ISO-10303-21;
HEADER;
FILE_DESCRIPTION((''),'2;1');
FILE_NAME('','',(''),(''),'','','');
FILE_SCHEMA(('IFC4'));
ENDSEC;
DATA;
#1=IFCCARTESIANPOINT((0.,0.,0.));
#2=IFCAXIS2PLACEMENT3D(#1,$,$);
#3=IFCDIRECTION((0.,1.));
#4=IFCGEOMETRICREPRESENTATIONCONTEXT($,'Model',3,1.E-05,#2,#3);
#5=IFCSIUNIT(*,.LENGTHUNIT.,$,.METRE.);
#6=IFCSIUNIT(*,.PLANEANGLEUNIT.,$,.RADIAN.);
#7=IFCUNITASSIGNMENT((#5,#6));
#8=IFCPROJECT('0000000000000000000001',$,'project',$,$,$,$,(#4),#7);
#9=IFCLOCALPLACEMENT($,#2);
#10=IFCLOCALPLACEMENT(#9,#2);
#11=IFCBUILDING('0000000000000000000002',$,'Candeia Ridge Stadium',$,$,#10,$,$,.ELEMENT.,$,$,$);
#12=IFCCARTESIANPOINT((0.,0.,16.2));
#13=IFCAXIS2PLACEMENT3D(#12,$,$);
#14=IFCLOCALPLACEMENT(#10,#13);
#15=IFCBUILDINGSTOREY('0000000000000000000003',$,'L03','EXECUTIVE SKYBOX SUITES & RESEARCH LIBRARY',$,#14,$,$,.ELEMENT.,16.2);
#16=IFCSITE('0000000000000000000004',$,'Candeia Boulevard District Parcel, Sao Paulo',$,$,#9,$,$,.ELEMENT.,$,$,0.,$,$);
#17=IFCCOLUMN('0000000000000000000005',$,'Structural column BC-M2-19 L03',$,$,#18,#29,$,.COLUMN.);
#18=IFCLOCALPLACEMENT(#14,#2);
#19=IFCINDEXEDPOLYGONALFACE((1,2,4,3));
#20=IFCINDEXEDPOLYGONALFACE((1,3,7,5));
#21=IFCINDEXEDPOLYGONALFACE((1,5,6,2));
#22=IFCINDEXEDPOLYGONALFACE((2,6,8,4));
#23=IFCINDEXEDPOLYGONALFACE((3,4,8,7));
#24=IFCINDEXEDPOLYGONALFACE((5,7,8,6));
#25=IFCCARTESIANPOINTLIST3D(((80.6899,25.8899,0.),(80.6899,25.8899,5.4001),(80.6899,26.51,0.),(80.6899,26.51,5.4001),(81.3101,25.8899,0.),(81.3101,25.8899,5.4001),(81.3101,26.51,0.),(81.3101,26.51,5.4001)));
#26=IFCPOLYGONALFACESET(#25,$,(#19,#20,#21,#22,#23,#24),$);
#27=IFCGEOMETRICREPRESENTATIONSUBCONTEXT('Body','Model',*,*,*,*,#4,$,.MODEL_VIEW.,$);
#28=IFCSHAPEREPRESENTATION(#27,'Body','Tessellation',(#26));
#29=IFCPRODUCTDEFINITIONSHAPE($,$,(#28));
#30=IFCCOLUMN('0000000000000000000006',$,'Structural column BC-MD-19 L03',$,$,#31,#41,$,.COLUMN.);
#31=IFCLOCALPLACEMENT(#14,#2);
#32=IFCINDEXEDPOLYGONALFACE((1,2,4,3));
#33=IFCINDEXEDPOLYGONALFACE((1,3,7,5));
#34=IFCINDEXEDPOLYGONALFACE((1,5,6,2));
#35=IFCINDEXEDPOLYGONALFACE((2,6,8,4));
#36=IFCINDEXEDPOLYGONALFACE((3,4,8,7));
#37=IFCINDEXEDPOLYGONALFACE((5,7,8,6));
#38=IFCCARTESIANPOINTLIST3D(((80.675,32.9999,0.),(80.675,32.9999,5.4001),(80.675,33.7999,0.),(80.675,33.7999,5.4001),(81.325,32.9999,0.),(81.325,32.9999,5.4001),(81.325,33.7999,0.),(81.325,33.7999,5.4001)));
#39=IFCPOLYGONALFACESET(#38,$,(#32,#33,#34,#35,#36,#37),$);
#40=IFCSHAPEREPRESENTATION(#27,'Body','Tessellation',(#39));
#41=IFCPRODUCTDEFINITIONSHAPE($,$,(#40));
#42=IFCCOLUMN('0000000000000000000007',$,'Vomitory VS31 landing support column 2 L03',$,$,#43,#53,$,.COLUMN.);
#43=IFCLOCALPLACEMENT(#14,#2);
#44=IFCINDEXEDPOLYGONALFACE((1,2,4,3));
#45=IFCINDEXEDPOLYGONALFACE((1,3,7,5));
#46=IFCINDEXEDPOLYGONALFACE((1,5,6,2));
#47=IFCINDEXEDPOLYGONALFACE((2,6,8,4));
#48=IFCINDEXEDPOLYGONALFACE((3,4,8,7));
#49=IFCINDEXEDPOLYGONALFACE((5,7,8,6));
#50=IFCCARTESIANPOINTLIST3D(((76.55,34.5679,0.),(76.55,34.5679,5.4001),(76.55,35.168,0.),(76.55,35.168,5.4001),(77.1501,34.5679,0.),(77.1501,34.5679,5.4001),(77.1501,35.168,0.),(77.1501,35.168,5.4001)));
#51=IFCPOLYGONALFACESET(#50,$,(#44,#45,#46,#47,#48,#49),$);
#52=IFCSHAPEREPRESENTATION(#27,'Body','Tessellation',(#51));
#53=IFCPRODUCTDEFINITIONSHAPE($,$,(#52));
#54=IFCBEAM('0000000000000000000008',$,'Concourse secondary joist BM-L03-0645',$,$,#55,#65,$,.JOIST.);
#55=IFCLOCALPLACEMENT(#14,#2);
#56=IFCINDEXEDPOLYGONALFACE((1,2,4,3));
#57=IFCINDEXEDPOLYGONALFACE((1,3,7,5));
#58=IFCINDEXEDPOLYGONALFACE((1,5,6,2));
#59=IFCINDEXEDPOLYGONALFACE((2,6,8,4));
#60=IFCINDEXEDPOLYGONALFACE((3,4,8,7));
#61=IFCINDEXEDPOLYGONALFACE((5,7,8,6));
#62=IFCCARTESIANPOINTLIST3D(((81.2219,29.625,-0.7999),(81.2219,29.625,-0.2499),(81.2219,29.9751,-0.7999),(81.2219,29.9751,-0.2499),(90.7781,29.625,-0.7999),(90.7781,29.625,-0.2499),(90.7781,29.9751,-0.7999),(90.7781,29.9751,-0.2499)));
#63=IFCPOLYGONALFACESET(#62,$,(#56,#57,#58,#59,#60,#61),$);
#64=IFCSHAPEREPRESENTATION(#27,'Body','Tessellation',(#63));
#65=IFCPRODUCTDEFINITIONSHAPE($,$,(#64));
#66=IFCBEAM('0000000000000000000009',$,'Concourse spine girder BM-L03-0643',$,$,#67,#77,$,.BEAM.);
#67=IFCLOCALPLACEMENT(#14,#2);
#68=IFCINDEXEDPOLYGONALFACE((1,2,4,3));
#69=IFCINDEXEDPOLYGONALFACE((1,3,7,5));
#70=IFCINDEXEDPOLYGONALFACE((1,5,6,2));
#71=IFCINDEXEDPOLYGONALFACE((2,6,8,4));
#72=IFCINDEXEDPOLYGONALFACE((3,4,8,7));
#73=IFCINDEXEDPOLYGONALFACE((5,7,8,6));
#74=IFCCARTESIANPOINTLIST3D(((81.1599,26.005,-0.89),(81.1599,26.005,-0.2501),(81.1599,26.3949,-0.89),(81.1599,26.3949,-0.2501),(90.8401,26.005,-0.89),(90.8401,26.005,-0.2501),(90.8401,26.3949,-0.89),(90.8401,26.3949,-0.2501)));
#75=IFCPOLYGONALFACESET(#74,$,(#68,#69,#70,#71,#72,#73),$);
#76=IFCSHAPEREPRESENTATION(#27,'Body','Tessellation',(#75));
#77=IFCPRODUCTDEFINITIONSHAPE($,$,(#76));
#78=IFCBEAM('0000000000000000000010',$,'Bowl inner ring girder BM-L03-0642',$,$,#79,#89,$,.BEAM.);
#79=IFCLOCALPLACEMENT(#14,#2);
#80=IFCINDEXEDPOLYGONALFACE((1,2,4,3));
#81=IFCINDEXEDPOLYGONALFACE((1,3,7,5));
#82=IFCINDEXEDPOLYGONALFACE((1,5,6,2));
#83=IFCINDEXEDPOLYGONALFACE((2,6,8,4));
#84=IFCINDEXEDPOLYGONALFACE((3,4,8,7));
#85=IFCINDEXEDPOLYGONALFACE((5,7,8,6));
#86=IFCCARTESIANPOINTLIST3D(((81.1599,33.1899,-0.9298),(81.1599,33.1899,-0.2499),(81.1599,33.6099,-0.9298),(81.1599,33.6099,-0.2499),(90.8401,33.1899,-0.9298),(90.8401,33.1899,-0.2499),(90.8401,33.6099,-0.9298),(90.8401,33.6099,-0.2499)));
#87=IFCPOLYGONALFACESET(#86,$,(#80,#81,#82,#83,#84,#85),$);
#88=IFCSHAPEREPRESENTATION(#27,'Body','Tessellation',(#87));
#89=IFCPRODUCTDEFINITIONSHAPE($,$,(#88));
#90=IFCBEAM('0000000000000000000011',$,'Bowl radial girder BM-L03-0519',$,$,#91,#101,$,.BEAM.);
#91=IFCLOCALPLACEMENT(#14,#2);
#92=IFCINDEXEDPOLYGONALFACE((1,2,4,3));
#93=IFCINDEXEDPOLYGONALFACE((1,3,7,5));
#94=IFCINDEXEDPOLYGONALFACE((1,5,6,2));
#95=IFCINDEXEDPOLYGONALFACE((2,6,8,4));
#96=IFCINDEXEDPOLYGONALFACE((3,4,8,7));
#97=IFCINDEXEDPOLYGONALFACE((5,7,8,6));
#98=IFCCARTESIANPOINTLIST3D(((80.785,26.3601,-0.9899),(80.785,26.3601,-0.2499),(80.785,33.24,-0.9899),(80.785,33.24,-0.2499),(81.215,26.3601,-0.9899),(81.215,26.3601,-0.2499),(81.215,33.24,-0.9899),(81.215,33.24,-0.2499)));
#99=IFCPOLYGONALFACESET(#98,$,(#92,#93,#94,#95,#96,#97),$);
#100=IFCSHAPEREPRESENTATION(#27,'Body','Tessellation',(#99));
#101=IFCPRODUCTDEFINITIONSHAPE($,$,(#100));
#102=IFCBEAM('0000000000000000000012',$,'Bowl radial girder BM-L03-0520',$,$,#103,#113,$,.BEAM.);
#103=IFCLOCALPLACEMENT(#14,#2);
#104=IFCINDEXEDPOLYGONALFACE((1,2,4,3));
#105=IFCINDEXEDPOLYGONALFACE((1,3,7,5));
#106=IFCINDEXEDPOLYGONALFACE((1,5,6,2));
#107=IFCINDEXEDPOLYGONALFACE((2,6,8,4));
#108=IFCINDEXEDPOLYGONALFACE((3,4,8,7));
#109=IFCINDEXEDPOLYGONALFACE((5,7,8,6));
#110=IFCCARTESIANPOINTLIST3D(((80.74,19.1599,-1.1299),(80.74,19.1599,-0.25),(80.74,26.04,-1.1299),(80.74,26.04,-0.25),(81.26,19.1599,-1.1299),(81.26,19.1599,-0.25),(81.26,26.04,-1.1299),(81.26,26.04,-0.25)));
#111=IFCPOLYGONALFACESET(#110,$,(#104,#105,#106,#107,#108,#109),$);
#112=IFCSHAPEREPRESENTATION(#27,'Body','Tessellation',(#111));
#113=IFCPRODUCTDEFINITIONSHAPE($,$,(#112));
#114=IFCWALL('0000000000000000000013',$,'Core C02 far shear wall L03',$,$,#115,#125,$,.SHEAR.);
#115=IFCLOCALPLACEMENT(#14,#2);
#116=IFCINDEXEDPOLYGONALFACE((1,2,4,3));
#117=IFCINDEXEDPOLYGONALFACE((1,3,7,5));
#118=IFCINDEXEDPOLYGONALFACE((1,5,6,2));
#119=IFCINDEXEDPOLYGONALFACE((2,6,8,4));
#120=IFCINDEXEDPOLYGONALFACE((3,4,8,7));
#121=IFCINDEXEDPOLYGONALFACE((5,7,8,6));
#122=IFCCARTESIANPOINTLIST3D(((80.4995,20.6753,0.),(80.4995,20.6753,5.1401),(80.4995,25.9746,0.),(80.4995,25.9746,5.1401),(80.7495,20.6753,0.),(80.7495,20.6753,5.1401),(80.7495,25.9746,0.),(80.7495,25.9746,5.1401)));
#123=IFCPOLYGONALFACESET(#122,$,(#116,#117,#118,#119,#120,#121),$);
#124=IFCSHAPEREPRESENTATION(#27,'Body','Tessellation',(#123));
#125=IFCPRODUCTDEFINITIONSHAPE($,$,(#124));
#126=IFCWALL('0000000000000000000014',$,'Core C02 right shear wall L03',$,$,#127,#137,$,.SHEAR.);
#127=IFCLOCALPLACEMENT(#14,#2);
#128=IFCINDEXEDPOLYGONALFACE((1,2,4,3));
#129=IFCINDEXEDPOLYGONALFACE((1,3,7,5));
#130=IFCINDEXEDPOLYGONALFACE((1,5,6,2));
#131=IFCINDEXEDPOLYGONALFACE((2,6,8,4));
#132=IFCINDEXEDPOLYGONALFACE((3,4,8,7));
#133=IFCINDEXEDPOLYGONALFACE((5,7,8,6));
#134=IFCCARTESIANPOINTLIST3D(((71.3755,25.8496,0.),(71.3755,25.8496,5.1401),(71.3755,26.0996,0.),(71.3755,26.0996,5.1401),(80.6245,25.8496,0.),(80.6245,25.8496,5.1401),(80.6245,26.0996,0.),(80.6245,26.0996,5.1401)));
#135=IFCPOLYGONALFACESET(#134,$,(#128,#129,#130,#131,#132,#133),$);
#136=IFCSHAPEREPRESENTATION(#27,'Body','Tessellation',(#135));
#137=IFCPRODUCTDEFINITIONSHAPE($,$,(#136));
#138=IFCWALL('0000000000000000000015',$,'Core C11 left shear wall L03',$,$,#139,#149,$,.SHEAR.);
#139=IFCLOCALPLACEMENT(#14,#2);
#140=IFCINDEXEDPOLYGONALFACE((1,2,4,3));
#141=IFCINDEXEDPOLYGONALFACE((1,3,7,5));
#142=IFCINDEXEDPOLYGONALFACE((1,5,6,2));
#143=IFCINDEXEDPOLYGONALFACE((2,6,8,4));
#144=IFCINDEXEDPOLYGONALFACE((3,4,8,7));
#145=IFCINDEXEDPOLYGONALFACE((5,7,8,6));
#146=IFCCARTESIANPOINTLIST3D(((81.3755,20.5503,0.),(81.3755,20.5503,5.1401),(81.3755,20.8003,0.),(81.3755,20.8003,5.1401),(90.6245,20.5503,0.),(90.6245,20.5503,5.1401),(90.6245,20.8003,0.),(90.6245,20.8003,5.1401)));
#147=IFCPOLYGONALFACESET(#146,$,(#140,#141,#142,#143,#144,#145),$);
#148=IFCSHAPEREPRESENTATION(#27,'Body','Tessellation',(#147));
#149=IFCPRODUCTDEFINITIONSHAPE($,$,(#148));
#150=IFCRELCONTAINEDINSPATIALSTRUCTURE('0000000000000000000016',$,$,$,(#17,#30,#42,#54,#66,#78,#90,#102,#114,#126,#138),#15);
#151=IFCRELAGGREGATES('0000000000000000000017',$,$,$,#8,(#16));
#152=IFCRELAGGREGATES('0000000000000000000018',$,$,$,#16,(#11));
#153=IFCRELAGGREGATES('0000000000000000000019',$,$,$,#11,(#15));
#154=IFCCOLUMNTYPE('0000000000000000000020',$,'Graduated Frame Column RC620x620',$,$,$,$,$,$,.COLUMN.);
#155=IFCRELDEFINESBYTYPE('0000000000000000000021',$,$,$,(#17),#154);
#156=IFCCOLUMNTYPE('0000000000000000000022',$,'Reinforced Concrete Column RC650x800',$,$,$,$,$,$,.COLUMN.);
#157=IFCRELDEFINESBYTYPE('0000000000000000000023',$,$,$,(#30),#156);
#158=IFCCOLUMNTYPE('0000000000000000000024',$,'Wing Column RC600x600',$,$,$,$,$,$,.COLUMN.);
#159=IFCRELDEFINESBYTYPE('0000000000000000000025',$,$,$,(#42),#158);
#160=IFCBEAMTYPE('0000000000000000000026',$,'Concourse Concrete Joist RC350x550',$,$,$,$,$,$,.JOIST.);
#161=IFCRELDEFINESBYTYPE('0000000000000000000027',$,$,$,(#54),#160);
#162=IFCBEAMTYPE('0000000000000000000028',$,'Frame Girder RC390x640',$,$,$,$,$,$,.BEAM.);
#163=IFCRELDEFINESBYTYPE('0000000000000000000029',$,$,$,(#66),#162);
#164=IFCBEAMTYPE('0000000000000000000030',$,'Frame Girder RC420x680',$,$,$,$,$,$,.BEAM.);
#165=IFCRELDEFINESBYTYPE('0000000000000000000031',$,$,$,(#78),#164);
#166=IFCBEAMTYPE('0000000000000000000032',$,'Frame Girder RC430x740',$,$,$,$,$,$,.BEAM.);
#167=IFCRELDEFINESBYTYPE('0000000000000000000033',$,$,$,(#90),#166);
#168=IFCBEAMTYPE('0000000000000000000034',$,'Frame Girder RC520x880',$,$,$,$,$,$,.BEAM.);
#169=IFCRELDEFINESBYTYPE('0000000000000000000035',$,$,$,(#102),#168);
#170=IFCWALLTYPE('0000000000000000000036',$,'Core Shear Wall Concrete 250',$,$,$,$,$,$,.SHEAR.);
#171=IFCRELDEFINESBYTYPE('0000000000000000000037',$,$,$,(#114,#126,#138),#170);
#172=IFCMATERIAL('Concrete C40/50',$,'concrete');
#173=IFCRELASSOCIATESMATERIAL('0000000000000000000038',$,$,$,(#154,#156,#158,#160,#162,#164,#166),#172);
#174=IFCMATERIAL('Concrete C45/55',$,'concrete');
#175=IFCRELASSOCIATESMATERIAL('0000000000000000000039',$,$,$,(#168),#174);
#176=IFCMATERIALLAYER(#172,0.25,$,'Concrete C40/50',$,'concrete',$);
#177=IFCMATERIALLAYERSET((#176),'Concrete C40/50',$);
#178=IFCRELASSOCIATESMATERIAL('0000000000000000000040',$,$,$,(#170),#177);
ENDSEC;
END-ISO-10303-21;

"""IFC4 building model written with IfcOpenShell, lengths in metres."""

from ifc_helpers import new_model, si_unit, direction, frame, frame_2d, origin, origin_2d, place, context, subcontext, project, spatial, rectangle, extrude, material, layer, layer_set, material_profile, profile_set, type_object, element, save


model = new_model("IFC4")

# Units and contexts
model_context = context("Model", 3, precision=1e-05, world=origin(), true_north=direction((0.0, 1.0)))
body_context = subcontext(model_context, "Body", "Model", "MODEL_VIEW")
ifc_project = project(units=[si_unit("LENGTHUNIT", "METRE"), si_unit("PLANEANGLEUNIT", "RADIAN")], contexts=[model_context])

# Site, building, storey
site_placement = place(None, origin())
site = spatial("IfcSite", under=ifc_project, at=site_placement, Name="Candeia Boulevard District Parcel, Sao Paulo", CompositionType="ELEMENT", RefElevation=0.0)
building_placement = place(site_placement, origin())
building = spatial("IfcBuilding", under=site, at=building_placement, Name="Candeia Ridge Stadium", CompositionType="ELEMENT")
storey_placement = place(building_placement, frame((0.0, 0.0, 16.2)))
storey = spatial("IfcBuildingStorey", under=building, at=storey_placement, Name="L03", Description="EXECUTIVE SKYBOX SUITES & RESEARCH LIBRARY", CompositionType="ELEMENT", Elevation=16.2)

# Columns
ifc_material_1 = material(Name="Concrete C40/50", Category="concrete")
ifc_material_profile_1 = material_profile(ifc_material_1, rectangle(XDim=0.6201, YDim=0.6201, at=origin_2d()), Name="RC620x620", Category="concrete")
ifc_profile_set_1 = profile_set([ifc_material_profile_1], Name="Concrete C40/50")
column_type_1 = type_object("IfcColumnType", Name="Graduated Frame Column RC620x620", PredefinedType="COLUMN", material=ifc_profile_set_1)
column_1_placement = place(storey_placement, frame((81.0, 26.2, 0.0), z_axis=(0.0, 0.0, 1.0), x_axis=(1.0, 0.0, 0.0)))
element("IfcColumn", 1, at=column_1_placement, inside=storey, type_object=column_type_1, Name="Structural column BC-M2-19 L03", PredefinedType="COLUMN", context=body_context, shape_type="SweptSolid", body=[
    extrude(rectangle(XDim=0.6201, YDim=0.6201, at=origin_2d()), origin(), (0.0, 0.0, 1.0), 5.4001),
])
ifc_material_profile_2 = material_profile(ifc_material_1, rectangle(XDim=0.6499, YDim=0.8, at=origin_2d()), Name="RC650x800", Category="concrete")
ifc_profile_set_2 = profile_set([ifc_material_profile_2], Name="Concrete C40/50")
column_type_2 = type_object("IfcColumnType", Name="Reinforced Concrete Column RC650x800", PredefinedType="COLUMN", material=ifc_profile_set_2)
column_2_placement = place(storey_placement, frame((81.0, 33.3999, 0.0), z_axis=(0.0, 0.0, 1.0), x_axis=(1.0, 0.0, 0.0)))
element("IfcColumn", 2, at=column_2_placement, inside=storey, type_object=column_type_2, Name="Structural column BC-MD-19 L03", PredefinedType="COLUMN", context=body_context, shape_type="SweptSolid", body=[
    extrude(rectangle(XDim=0.6499, YDim=0.8, at=origin_2d()), origin(), (0.0, 0.0, 1.0), 5.4001),
])
ifc_material_profile_3 = material_profile(ifc_material_1, rectangle(XDim=0.6001, YDim=0.6001, at=origin_2d()), Name="RC600x600", Category="concrete")
ifc_profile_set_3 = profile_set([ifc_material_profile_3], Name="Concrete C40/50")
column_type_3 = type_object("IfcColumnType", Name="Wing Column RC600x600", PredefinedType="COLUMN", material=ifc_profile_set_3)
column_3_placement = place(storey_placement, frame((76.8501, 34.8679, 0.0), z_axis=(0.0, 0.0, 1.0), x_axis=(1.0, 0.0, 0.0)))
element("IfcColumn", 3, at=column_3_placement, inside=storey, type_object=column_type_3, Name="Vomitory VS31 landing support column 2 L03", PredefinedType="COLUMN", context=body_context, shape_type="SweptSolid", body=[
    extrude(rectangle(XDim=0.6001, YDim=0.6001, at=origin_2d()), origin(), (0.0, 0.0, 1.0), 5.4001),
])

# Beams
ifc_material_profile_4 = material_profile(ifc_material_1, rectangle(XDim=0.3501, YDim=0.55, at=origin_2d()), Name="RC350x550", Category="concrete")
ifc_profile_set_4 = profile_set([ifc_material_profile_4], Name="Concrete C40/50")
beam_type_1 = type_object("IfcBeamType", Name="Concourse Concrete Joist RC350x550", PredefinedType="JOIST", material=ifc_profile_set_4)
beam_1_placement = place(storey_placement, frame((81.2219, 29.8, -0.5249), z_axis=(1.0, 0.0, 0.0), x_axis=(0.0, 1.0, 0.0)))
element("IfcBeam", 4, at=beam_1_placement, inside=storey, type_object=beam_type_1, Name="Concourse secondary joist BM-L03-0645", PredefinedType="JOIST", context=body_context, shape_type="SweptSolid", body=[
    extrude(rectangle(XDim=0.3501, YDim=0.55, at=origin_2d()), origin(), (0.0, 0.0, 1.0), 9.5562),
])
ifc_material_profile_5 = material_profile(ifc_material_1, rectangle(XDim=0.3899, YDim=0.6399, at=origin_2d()), Name="RC390x640", Category="concrete")
ifc_profile_set_5 = profile_set([ifc_material_profile_5], Name="Concrete C40/50")
beam_type_2 = type_object("IfcBeamType", Name="Frame Girder RC390x640", PredefinedType="BEAM", material=ifc_profile_set_5)
beam_2_placement = place(storey_placement, frame((81.1599, 26.2, -0.5701), z_axis=(1.0, 0.0, 0.0), x_axis=(0.0, 1.0, 0.0)))
element("IfcBeam", 5, at=beam_2_placement, inside=storey, type_object=beam_type_2, Name="Concourse spine girder BM-L03-0643", PredefinedType="BEAM", context=body_context, shape_type="SweptSolid", body=[
    extrude(rectangle(XDim=0.3899, YDim=0.6399, at=origin_2d()), origin(), (0.0, 0.0, 1.0), 9.6802),
])
ifc_material_profile_6 = material_profile(ifc_material_1, rectangle(XDim=0.4199, YDim=0.6799, at=origin_2d()), Name="RC420x680", Category="concrete")
ifc_profile_set_6 = profile_set([ifc_material_profile_6], Name="Concrete C40/50")
beam_type_3 = type_object("IfcBeamType", Name="Frame Girder RC420x680", PredefinedType="BEAM", material=ifc_profile_set_6)
beam_3_placement = place(storey_placement, frame((81.1599, 33.3999, -0.5898), z_axis=(1.0, 0.0, 0.0), x_axis=(0.0, 1.0, 0.0)))
element("IfcBeam", 6, at=beam_3_placement, inside=storey, type_object=beam_type_3, Name="Bowl inner ring girder BM-L03-0642", PredefinedType="BEAM", context=body_context, shape_type="SweptSolid", body=[
    extrude(rectangle(XDim=0.4199, YDim=0.6799, at=origin_2d()), origin(), (0.0, 0.0, 1.0), 9.6802),
])
ifc_material_profile_7 = material_profile(ifc_material_1, rectangle(XDim=0.4299, YDim=0.74, at=origin_2d()), Name="RC430x740", Category="concrete")
ifc_profile_set_7 = profile_set([ifc_material_profile_7], Name="Concrete C40/50")
beam_type_4 = type_object("IfcBeamType", Name="Frame Girder RC430x740", PredefinedType="BEAM", material=ifc_profile_set_7)
beam_4_placement = place(storey_placement, frame((81.0, 33.24, -0.6199), z_axis=(0.0, -1.0, 0.0), x_axis=(1.0, 0.0, 0.0)))
element("IfcBeam", 7, at=beam_4_placement, inside=storey, type_object=beam_type_4, Name="Bowl radial girder BM-L03-0519", PredefinedType="BEAM", context=body_context, shape_type="SweptSolid", body=[
    extrude(rectangle(XDim=0.4299, YDim=0.74, at=origin_2d()), origin(), (0.0, 0.0, 1.0), 6.8799),
])
ifc_material_2 = material(Name="Concrete C45/55", Category="concrete")
ifc_material_profile_8 = material_profile(ifc_material_2, rectangle(XDim=0.52, YDim=0.8799, at=origin_2d()), Name="RC520x880", Category="concrete")
ifc_profile_set_8 = profile_set([ifc_material_profile_8], Name="Concrete C45/55")
beam_type_5 = type_object("IfcBeamType", Name="Frame Girder RC520x880", PredefinedType="BEAM", material=ifc_profile_set_8)
beam_5_placement = place(storey_placement, frame((81.0, 26.04, -0.6899), z_axis=(0.0, -1.0, 0.0), x_axis=(1.0, 0.0, 0.0)))
element("IfcBeam", 8, at=beam_5_placement, inside=storey, type_object=beam_type_5, Name="Bowl radial girder BM-L03-0520", PredefinedType="BEAM", context=body_context, shape_type="SweptSolid", body=[
    extrude(rectangle(XDim=0.52, YDim=0.8799, at=origin_2d()), origin(), (0.0, 0.0, 1.0), 6.8801),
])

# Walls
ifc_layer_1 = layer(ifc_material_1, 0.25, Name="Concrete C40/50", Category="concrete")
ifc_layer_set_1 = layer_set([ifc_layer_1], Name="Concrete C40/50")
wall_type = type_object("IfcWallType", Name="Core Shear Wall Concrete 250", PredefinedType="SHEAR", material=ifc_layer_set_1)
wall_1_placement = place(storey_placement, frame((80.6245, 20.6753, 0.0), z_axis=(0.0, 0.0, 1.0), x_axis=(0.0, 1.0, 0.0)))
element("IfcWall", 9, at=wall_1_placement, inside=storey, type_object=wall_type, Name="Core C02 far shear wall L03", PredefinedType="SHEAR", context=body_context, shape_type="SweptSolid", body=[
    extrude(rectangle(XDim=5.2993, YDim=0.25, at=frame_2d((2.6497, 0.0))), origin(), (0.0, 0.0, 1.0), 5.1401),
])
for number, where, z_axis, x_axis, name in (
    (10, (80.6245, 25.9746, 0.0), (0.0, 0.0, 1.0), (-1.0, 0.0, 0.0), "Core C02 right shear wall L03"),
    (11, (81.3755, 20.6753, 0.0), (0.0, 0.0, 1.0), (1.0, 0.0, 0.0), "Core C11 left shear wall L03"),
):
    element("IfcWall", number, at=place(storey_placement, frame(where, z_axis=z_axis, x_axis=x_axis)), inside=storey, type_object=wall_type, Name=name, PredefinedType="SHEAR", context=body_context, shape_type="SweptSolid", body=[
        extrude(rectangle(XDim=9.249, YDim=0.25, at=frame_2d((4.6245, 0.0))), origin(), (0.0, 0.0, 1.0), 5.1401),
    ])

save(model, "model.ifc")
